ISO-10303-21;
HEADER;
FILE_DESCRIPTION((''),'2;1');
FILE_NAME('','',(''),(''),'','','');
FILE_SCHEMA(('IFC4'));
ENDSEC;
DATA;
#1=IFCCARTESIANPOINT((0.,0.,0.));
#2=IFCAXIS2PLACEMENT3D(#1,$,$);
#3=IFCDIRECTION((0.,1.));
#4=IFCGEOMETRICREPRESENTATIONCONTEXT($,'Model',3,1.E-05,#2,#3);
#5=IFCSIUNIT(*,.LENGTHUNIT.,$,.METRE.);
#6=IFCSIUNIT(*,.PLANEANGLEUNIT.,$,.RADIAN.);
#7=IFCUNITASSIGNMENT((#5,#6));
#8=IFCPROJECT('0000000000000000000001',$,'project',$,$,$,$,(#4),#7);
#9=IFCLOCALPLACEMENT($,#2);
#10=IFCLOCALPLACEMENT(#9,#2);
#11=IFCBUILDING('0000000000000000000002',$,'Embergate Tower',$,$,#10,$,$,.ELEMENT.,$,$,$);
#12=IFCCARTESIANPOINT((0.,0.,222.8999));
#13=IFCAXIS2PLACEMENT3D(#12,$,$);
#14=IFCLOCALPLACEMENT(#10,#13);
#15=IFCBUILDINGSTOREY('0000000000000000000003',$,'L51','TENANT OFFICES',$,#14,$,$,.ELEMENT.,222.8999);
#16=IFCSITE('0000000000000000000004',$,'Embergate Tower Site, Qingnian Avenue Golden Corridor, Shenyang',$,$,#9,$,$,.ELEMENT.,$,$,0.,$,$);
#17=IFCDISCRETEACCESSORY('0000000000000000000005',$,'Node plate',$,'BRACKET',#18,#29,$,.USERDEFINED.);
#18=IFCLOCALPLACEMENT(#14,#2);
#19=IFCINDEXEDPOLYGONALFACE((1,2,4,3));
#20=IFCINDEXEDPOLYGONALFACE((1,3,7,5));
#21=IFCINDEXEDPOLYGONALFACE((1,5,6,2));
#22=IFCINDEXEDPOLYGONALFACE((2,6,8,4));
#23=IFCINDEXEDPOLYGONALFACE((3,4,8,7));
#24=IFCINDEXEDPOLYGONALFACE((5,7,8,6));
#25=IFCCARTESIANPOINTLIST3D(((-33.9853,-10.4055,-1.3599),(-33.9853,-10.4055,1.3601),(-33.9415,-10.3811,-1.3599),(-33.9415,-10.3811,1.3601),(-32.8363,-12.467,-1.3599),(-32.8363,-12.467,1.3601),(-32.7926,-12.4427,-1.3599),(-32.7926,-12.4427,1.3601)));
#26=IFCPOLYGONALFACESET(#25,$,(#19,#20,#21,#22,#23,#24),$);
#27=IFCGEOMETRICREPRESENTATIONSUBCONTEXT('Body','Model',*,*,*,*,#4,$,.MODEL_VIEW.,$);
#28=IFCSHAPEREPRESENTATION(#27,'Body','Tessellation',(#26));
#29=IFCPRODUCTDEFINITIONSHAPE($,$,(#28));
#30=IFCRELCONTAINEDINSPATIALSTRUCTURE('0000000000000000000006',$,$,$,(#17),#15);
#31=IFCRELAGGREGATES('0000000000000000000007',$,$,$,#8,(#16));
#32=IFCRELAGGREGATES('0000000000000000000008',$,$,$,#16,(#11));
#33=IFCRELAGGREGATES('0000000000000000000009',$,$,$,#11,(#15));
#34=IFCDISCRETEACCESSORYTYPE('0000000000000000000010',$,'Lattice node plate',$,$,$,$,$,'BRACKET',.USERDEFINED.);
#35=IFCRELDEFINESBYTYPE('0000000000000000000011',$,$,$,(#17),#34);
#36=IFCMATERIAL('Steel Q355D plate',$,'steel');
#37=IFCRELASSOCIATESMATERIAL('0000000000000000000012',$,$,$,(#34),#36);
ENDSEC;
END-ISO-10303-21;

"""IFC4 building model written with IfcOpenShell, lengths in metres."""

from ifc_helpers import new_model, si_unit, direction, frame, origin, origin_2d, place, context, subcontext, project, spatial, rectangle, extrude, source, transform, mapped, material, type_object, element, save


model = new_model("IFC4")

# Units and contexts
model_context = context("Model", 3, precision=1e-05, world=origin(), true_north=direction((0.0, 1.0)))
body_context = subcontext(model_context, "Body", "Model", "MODEL_VIEW")
ifc_project = project(units=[si_unit("LENGTHUNIT", "METRE"), si_unit("PLANEANGLEUNIT", "RADIAN")], contexts=[model_context])

# Site, building, storey
site_placement = place(None, origin())
site = spatial("IfcSite", under=ifc_project, at=site_placement, Name="Embergate Tower Site, Qingnian Avenue Golden Corridor, Shenyang", CompositionType="ELEMENT", RefElevation=0.0)
building_placement = place(site_placement, origin())
building = spatial("IfcBuilding", under=site, at=building_placement, Name="Embergate Tower", CompositionType="ELEMENT")
storey_placement = place(building_placement, frame((0.0, 0.0, 222.8999)))
storey = spatial("IfcBuildingStorey", under=building, at=storey_placement, Name="L51", Description="TENANT OFFICES", CompositionType="ELEMENT", Elevation=222.8999)

# Discrete accessory
ifc_material_1 = material(Name="Steel Q355D plate", Category="steel")
discrete_accessory_type = type_object("IfcDiscreteAccessoryType", Name="Lattice node plate", ElementType="BRACKET", PredefinedType="USERDEFINED", material=ifc_material_1)
shared_shape_1 = source(origin(), body_context, "Body", "SweptSolid", [
    extrude(rectangle(XDim=2.3601, YDim=0.05, at=origin_2d()), origin(), (0.0, 0.0, 1.0), 2.72),
])
discrete_accessory_placement = place(storey_placement, frame((-33.3889, -11.4241, -1.3599), z_axis=(0.0, 0.0, 1.0), x_axis=(0.486823, -0.8735, 0.0)))
element("IfcDiscreteAccessory", 1, at=discrete_accessory_placement, inside=storey, type_object=discrete_accessory_type, Name="Node plate", ObjectType="BRACKET", PredefinedType="USERDEFINED", context=body_context, shape_type="MappedRepresentation", body=[
    mapped(shared_shape_1, transform((0.0, 0.0, 0.0))),
])

save(model, "model.ifc")
